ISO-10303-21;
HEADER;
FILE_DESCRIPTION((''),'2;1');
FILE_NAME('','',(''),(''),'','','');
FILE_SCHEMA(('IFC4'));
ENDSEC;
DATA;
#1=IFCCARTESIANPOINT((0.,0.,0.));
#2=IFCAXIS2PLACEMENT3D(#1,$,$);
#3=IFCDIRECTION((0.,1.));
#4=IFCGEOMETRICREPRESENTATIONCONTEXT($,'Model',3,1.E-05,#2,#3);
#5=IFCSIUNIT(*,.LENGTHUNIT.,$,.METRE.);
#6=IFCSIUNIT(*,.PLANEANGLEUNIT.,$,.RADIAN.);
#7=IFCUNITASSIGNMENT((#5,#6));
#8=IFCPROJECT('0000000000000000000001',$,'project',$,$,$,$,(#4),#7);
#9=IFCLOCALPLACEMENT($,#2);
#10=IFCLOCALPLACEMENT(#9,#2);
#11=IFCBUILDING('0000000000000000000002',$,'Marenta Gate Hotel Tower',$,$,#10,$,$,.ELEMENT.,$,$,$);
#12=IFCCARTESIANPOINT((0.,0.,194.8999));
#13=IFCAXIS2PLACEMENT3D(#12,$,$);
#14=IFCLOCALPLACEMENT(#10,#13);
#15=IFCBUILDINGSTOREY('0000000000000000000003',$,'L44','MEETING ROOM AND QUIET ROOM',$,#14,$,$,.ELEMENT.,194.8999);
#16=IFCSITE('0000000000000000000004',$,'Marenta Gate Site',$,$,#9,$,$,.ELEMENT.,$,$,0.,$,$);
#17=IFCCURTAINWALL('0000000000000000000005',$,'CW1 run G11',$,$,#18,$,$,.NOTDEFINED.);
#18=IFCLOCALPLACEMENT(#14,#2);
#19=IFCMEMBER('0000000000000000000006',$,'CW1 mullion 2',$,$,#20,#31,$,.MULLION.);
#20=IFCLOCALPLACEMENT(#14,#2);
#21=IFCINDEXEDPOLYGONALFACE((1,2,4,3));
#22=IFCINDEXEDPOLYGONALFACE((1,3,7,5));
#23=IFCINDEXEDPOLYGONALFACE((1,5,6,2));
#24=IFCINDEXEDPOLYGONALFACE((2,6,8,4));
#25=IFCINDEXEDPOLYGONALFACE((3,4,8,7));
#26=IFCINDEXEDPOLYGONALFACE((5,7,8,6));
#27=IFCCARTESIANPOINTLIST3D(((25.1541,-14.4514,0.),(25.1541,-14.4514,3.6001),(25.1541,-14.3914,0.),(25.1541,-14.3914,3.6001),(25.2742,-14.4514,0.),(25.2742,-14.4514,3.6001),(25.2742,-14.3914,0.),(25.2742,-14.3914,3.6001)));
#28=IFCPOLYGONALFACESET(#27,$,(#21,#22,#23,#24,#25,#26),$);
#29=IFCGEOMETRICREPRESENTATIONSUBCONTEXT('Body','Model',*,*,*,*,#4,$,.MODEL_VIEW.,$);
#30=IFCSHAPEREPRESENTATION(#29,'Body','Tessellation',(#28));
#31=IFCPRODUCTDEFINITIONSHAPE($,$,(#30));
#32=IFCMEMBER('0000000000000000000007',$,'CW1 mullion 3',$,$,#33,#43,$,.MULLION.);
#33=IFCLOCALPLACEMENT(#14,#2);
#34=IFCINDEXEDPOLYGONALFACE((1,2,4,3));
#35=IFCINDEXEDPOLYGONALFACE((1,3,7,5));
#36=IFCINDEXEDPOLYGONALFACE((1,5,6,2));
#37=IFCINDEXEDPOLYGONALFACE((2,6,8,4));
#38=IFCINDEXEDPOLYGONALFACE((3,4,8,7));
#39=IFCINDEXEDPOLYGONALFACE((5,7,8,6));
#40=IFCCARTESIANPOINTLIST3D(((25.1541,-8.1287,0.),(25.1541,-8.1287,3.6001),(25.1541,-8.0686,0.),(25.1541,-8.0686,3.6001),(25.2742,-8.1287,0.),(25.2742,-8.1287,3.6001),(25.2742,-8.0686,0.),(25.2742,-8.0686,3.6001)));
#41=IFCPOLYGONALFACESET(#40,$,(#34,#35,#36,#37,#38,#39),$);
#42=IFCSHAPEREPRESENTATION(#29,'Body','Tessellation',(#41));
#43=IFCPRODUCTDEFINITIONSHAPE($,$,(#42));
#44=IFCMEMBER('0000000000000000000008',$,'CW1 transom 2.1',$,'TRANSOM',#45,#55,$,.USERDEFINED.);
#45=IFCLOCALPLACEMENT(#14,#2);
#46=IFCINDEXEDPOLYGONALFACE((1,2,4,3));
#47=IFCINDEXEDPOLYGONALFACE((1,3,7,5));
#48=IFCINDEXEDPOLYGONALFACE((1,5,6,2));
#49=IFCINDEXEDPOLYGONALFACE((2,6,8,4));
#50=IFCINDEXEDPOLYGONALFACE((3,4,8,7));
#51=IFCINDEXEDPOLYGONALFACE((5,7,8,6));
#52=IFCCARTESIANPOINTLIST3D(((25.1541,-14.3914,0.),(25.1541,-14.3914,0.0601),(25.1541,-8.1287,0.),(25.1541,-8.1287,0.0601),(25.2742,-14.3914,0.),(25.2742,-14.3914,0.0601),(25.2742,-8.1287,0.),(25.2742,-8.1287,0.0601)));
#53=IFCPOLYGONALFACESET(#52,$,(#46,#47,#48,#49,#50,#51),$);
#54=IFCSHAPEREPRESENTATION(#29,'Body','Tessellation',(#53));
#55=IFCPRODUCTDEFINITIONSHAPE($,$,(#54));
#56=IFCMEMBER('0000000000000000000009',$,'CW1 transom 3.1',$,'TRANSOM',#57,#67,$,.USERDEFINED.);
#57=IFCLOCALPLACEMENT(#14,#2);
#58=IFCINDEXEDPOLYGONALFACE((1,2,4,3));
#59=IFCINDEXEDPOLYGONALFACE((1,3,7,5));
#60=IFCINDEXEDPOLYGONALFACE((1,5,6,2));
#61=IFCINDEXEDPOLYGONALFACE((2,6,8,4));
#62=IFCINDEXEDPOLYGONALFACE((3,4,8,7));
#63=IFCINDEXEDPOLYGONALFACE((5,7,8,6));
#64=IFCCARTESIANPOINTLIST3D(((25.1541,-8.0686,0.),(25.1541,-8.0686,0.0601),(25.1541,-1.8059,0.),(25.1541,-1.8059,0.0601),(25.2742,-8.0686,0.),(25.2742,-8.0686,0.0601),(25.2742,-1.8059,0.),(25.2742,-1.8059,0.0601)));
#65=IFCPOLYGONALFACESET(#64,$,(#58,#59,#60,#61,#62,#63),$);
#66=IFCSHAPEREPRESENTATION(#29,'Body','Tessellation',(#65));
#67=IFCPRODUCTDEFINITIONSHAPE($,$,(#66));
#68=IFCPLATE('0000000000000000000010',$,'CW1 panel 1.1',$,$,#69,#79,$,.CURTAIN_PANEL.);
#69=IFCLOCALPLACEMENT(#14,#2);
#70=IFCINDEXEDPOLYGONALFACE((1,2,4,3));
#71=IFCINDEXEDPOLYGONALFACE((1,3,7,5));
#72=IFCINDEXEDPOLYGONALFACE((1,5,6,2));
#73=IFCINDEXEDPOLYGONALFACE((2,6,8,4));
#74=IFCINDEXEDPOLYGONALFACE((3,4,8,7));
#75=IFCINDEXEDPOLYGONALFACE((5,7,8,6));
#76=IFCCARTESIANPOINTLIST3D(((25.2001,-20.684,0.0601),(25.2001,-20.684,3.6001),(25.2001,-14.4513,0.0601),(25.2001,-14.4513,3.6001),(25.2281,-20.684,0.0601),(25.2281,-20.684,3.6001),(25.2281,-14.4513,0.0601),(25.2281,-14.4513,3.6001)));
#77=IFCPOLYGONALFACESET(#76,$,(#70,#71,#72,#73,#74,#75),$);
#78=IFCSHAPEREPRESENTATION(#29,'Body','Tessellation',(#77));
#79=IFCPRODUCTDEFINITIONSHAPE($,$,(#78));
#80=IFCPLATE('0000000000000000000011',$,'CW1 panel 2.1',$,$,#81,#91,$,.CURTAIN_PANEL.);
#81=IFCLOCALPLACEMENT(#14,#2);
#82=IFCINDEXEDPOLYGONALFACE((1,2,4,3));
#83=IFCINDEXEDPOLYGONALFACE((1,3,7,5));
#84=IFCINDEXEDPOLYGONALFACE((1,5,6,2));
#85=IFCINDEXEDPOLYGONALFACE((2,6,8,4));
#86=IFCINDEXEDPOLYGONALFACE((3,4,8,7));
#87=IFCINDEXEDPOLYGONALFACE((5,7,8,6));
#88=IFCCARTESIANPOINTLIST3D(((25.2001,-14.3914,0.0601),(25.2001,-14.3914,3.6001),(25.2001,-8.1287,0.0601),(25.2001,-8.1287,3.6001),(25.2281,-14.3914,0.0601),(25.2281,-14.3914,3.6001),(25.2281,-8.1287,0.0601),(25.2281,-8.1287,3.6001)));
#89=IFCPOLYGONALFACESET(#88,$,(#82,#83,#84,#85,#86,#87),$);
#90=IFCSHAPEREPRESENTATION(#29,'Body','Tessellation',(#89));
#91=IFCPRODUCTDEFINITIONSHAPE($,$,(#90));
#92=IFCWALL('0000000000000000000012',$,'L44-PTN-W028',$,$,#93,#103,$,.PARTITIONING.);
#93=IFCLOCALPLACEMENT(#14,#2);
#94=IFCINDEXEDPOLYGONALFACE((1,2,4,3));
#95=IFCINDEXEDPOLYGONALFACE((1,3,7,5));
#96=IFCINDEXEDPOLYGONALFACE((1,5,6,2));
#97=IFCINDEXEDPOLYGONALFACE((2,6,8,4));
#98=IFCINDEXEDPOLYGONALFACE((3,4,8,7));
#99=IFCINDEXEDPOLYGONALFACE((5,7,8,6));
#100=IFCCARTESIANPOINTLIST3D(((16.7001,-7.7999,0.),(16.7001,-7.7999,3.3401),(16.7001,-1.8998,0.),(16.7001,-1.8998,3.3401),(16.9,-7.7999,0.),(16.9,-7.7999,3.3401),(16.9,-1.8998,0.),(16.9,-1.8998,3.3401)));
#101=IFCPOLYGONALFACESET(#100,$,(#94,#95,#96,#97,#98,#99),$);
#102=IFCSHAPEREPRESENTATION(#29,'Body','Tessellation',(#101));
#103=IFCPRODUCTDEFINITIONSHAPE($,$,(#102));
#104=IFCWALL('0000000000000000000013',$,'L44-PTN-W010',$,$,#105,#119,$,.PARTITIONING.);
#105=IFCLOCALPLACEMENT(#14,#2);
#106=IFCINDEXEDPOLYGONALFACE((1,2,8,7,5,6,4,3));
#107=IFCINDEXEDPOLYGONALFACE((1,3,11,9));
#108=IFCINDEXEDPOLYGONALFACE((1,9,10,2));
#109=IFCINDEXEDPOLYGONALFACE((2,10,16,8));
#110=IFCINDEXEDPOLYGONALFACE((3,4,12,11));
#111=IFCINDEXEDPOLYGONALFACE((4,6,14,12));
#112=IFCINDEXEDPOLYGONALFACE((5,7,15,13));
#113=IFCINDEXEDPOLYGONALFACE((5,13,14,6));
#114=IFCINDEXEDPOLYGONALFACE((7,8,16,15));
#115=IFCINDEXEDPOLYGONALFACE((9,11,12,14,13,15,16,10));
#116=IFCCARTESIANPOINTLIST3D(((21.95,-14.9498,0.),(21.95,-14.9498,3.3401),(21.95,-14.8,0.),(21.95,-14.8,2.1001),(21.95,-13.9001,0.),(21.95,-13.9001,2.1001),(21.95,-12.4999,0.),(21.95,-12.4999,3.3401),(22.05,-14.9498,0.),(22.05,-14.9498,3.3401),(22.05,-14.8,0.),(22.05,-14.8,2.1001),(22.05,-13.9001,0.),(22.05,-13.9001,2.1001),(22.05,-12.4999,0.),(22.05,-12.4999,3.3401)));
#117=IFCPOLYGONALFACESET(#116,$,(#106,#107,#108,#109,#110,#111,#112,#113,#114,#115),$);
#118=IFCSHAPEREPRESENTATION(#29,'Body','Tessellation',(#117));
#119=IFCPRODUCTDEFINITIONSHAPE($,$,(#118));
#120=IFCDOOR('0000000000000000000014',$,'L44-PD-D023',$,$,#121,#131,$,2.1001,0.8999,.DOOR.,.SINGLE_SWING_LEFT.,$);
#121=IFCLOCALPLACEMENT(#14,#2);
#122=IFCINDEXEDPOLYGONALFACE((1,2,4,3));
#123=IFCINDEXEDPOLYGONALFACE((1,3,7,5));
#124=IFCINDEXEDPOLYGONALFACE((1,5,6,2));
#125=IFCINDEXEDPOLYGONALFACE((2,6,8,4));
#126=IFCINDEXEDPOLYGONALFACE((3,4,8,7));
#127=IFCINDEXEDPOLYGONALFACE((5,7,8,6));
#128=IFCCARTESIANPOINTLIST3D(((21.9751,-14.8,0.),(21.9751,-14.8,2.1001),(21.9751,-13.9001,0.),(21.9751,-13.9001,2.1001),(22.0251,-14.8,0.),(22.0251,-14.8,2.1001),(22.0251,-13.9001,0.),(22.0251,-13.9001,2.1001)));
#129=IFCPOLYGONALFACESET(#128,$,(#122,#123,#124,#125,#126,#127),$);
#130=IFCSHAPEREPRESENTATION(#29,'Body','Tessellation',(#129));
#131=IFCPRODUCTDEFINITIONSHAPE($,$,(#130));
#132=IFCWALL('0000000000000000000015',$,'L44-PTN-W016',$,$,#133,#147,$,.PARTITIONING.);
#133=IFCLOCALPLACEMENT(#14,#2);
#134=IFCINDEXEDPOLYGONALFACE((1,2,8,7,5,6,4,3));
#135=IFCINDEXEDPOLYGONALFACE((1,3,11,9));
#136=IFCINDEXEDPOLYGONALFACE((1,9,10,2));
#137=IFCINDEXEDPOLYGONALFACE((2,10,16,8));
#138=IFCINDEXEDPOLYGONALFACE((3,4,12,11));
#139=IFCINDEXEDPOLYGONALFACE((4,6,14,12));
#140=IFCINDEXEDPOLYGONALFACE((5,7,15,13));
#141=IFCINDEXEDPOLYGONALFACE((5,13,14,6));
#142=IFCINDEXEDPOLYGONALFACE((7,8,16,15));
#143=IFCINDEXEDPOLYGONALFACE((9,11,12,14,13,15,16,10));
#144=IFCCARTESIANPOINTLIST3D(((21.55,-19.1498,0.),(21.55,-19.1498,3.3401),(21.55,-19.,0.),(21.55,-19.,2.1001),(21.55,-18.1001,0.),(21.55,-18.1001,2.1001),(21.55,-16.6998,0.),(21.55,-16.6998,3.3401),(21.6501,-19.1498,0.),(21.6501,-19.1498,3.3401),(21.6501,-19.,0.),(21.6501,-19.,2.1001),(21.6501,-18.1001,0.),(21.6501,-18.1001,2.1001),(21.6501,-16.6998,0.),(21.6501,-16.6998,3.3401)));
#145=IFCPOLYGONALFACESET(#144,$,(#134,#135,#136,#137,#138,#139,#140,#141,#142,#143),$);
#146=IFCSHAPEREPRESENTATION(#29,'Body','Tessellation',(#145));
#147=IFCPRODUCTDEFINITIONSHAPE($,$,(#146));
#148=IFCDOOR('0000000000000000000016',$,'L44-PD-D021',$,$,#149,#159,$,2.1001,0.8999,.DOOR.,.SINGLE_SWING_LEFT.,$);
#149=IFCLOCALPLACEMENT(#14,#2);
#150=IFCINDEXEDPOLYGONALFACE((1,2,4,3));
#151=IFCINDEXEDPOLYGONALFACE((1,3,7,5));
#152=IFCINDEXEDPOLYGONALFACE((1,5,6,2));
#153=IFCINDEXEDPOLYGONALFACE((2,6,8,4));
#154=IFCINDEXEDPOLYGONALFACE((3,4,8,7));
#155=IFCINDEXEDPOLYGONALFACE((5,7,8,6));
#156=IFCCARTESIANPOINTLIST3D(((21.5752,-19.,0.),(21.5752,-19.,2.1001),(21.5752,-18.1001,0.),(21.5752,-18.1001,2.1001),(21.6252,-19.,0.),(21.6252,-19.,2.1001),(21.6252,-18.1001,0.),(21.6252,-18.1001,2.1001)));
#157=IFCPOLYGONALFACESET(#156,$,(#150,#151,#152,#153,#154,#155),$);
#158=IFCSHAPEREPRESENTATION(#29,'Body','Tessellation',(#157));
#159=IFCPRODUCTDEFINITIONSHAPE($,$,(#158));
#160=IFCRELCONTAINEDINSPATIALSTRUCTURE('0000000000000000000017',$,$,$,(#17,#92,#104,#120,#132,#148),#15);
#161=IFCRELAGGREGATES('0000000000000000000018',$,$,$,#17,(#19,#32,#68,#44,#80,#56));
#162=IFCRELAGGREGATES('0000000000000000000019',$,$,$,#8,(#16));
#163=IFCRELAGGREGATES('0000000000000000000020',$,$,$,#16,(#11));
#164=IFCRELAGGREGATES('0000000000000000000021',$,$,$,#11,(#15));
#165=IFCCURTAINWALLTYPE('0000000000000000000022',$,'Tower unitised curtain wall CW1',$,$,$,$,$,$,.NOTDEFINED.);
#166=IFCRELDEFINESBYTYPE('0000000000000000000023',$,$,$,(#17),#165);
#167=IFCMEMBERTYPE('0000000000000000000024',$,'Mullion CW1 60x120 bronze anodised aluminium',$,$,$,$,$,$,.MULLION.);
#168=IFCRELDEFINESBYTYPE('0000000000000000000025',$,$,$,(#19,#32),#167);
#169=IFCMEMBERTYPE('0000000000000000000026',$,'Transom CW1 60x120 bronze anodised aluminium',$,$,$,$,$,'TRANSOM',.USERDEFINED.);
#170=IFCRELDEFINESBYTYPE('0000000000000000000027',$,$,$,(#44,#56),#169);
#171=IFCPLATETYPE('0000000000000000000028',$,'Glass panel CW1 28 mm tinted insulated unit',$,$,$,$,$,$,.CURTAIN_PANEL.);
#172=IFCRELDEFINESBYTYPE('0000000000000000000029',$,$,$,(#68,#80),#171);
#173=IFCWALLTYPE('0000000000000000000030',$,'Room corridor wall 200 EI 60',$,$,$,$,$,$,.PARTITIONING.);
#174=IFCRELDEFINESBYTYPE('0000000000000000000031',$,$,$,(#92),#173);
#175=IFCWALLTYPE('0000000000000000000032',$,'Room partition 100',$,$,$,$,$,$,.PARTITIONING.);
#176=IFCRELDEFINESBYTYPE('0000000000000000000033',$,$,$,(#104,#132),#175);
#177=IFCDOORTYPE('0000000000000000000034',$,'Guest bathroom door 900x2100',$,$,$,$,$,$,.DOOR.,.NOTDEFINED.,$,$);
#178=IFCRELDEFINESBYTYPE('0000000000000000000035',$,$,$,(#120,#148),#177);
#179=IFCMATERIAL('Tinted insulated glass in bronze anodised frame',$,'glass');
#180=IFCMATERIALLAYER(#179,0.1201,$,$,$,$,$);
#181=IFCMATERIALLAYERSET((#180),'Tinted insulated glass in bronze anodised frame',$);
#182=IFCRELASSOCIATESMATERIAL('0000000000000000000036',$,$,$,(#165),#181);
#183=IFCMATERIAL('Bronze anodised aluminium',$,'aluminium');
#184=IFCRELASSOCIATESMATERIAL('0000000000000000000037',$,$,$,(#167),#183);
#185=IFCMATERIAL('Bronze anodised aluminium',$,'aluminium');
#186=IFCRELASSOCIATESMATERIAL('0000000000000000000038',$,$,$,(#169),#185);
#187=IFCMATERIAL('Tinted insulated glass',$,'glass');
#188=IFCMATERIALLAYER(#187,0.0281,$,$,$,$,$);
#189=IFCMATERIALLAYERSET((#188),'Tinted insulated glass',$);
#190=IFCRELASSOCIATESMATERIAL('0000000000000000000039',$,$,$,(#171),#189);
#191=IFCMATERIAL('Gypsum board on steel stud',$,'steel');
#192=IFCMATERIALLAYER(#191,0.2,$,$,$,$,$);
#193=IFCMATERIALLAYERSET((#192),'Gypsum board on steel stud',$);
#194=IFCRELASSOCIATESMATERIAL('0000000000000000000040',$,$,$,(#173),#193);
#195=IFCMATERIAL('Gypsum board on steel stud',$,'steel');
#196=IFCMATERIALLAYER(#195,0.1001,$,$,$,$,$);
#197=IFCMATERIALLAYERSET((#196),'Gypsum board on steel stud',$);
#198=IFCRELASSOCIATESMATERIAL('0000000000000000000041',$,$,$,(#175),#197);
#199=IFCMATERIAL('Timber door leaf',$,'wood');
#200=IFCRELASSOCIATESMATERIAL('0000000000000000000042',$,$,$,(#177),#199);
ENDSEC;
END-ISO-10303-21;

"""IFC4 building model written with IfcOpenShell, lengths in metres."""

from ifc_helpers import new_model, si_unit, direction, frame, frame_2d, origin, origin_2d, place, context, subcontext, project, spatial, rectangle, extrude, material, layer, layer_set, material_profile, profile_set, type_object, element, fill, aggregate, save


model = new_model("IFC4")

# Units and contexts
model_context = context("Model", 3, precision=1e-05, world=origin(), true_north=direction((0.0, 1.0)))
body_context = subcontext(model_context, "Body", "Model", "MODEL_VIEW")
ifc_project = project(units=[si_unit("LENGTHUNIT", "METRE"), si_unit("PLANEANGLEUNIT", "RADIAN")], contexts=[model_context])

# Site, building, storey
site_placement = place(None, origin())
site = spatial("IfcSite", under=ifc_project, at=site_placement, Name="Marenta Gate Site", CompositionType="ELEMENT", RefElevation=0.0)
building_placement = place(site_placement, origin())
building = spatial("IfcBuilding", under=site, at=building_placement, Name="Marenta Gate Hotel Tower", CompositionType="ELEMENT")
storey_placement = place(building_placement, frame((0.0, 0.0, 194.8999)))
storey = spatial("IfcBuildingStorey", under=building, at=storey_placement, Name="L44", Description="MEETING ROOM AND QUIET ROOM", CompositionType="ELEMENT", Elevation=194.8999)

# Curtain wall, members, plates
ifc_material_1 = material(Name="Tinted insulated glass in bronze anodised frame", Category="glass")
ifc_layer_1 = layer(ifc_material_1, 0.1201)
ifc_layer_set_1 = layer_set([ifc_layer_1], Name="Tinted insulated glass in bronze anodised frame")
curtain_wall_type = type_object("IfcCurtainWallType", Name="Tower unitised curtain wall CW1", PredefinedType="NOTDEFINED", material=ifc_layer_set_1)
curtain_wall_placement = place(storey_placement, origin())
curtain_wall = element("IfcCurtainWall", 1, at=curtain_wall_placement, inside=storey, type_object=curtain_wall_type, Name="CW1 run G11", PredefinedType="NOTDEFINED")
ifc_material_2 = material(Name="Bronze anodised aluminium", Category="aluminium")
ifc_material_profile_1 = material_profile(ifc_material_2, rectangle(XDim=0.1201, YDim=0.0601, at=origin_2d()), Name="Mullion CW1 60x120 bronze anodised aluminium")
ifc_profile_set_1 = profile_set([ifc_material_profile_1], Name="Bronze anodised aluminium")
member_type_1 = type_object("IfcMemberType", Name="Mullion CW1 60x120 bronze anodised aluminium", PredefinedType="MULLION", material=ifc_profile_set_1)
member_1_placement = place(storey_placement, frame((25.2141, -14.4214, 0.0), z_axis=(0.0, 0.0, 1.0), x_axis=(-1.0, 0.0, 0.0)))
member_1 = element("IfcMember", 2, at=member_1_placement, type_object=member_type_1, Name="CW1 mullion 2", PredefinedType="MULLION", context=body_context, shape_type="SweptSolid", body=[
    extrude(rectangle(XDim=0.1201, YDim=0.0601, at=origin_2d()), origin(), (0.0, 0.0, 1.0), 3.6001),
])
member_2_placement = place(storey_placement, frame((25.2141, -8.0986, 0.0), z_axis=(0.0, 0.0, 1.0), x_axis=(-1.0, 0.0, 0.0)))
member_2 = element("IfcMember", 3, at=member_2_placement, type_object=member_type_1, Name="CW1 mullion 3", PredefinedType="MULLION", context=body_context, shape_type="SweptSolid", body=[
    extrude(rectangle(XDim=0.1201, YDim=0.0601, at=origin_2d()), origin(), (0.0, 0.0, 1.0), 3.6001),
])
ifc_material_3 = material(Name="Bronze anodised aluminium", Category="aluminium")
ifc_material_profile_2 = material_profile(ifc_material_3, rectangle(XDim=0.1201, YDim=0.0601, at=origin_2d()), Name="Transom CW1 60x120 bronze anodised aluminium")
ifc_profile_set_2 = profile_set([ifc_material_profile_2], Name="Bronze anodised aluminium")
member_type_2 = type_object("IfcMemberType", Name="Transom CW1 60x120 bronze anodised aluminium", ElementType="TRANSOM", PredefinedType="USERDEFINED", material=ifc_profile_set_2)
member_3_placement = place(storey_placement, frame((25.2141, -14.3914, 0.03), z_axis=(0.0, 1.0, 0.0), x_axis=(-1.0, 0.0, 0.0)))
member_3 = element("IfcMember", 4, at=member_3_placement, type_object=member_type_2, Name="CW1 transom 2.1", ObjectType="TRANSOM", PredefinedType="USERDEFINED", context=body_context, shape_type="SweptSolid", body=[
    extrude(rectangle(XDim=0.1201, YDim=0.0601, at=origin_2d()), origin(), (0.0, 0.0, 1.0), 6.2627),
])
member_4_placement = place(storey_placement, frame((25.2141, -8.0686, 0.03), z_axis=(0.0, 1.0, 0.0), x_axis=(-1.0, 0.0, 0.0)))
member_4 = element("IfcMember", 5, at=member_4_placement, type_object=member_type_2, Name="CW1 transom 3.1", ObjectType="TRANSOM", PredefinedType="USERDEFINED", context=body_context, shape_type="SweptSolid", body=[
    extrude(rectangle(XDim=0.1201, YDim=0.0601, at=origin_2d()), origin(), (0.0, 0.0, 1.0), 6.2627),
])
ifc_material_4 = material(Name="Tinted insulated glass", Category="glass")
ifc_layer_2 = layer(ifc_material_4, 0.0281)
ifc_layer_set_2 = layer_set([ifc_layer_2], Name="Tinted insulated glass")
plate_type = type_object("IfcPlateType", Name="Glass panel CW1 28 mm tinted insulated unit", PredefinedType="CURTAIN_PANEL", material=ifc_layer_set_2)
plate_1_placement = place(storey_placement, frame((25.2141, -17.5676, 0.0601), z_axis=(0.0, 0.0, 1.0), x_axis=(0.0, 1.0, 0.0)))
plate_1 = element("IfcPlate", 6, at=plate_1_placement, type_object=plate_type, Name="CW1 panel 1.1", PredefinedType="CURTAIN_PANEL", context=body_context, shape_type="SweptSolid", body=[
    extrude(rectangle(XDim=6.2327, YDim=0.0281, at=origin_2d()), origin(), (0.0, 0.0, 1.0), 3.54),
])
plate_2_placement = place(storey_placement, frame((25.2141, -11.26, 0.0601), z_axis=(0.0, 0.0, 1.0), x_axis=(0.0, 1.0, 0.0)))
plate_2 = element("IfcPlate", 7, at=plate_2_placement, type_object=plate_type, Name="CW1 panel 2.1", PredefinedType="CURTAIN_PANEL", context=body_context, shape_type="SweptSolid", body=[
    extrude(rectangle(XDim=6.2627, YDim=0.0281, at=origin_2d()), origin(), (0.0, 0.0, 1.0), 3.54),
])
aggregate(curtain_wall, [member_1, member_2, plate_1, member_3, plate_2, member_4])

# Wall
ifc_material_5 = material(Name="Gypsum board on steel stud", Category="steel")
ifc_layer_3 = layer(ifc_material_5, 0.2)
ifc_layer_set_3 = layer_set([ifc_layer_3], Name="Gypsum board on steel stud")
wall_type_1 = type_object("IfcWallType", Name="Room corridor wall 200 EI 60", PredefinedType="PARTITIONING", material=ifc_layer_set_3)
wall_1_placement = place(storey_placement, frame((16.8, -7.8, 0.0), z_axis=(0.0, 0.0, 1.0), x_axis=(0.0, 1.0, 0.0)))
element("IfcWall", 8, at=wall_1_placement, inside=storey, type_object=wall_type_1, Name="L44-PTN-W028", PredefinedType="PARTITIONING", context=body_context, shape_type="SweptSolid", body=[
    extrude(rectangle(XDim=5.9001, YDim=0.2, at=frame_2d((2.9502, 0.0))), origin(), (0.0, 0.0, 1.0), 3.3401),
])

# Walls, openings, doors
ifc_material_6 = material(Name="Gypsum board on steel stud", Category="steel")
ifc_layer_4 = layer(ifc_material_6, 0.1001)
ifc_layer_set_4 = layer_set([ifc_layer_4], Name="Gypsum board on steel stud")
wall_type_2 = type_object("IfcWallType", Name="Room partition 100", PredefinedType="PARTITIONING", material=ifc_layer_set_4)
wall_2_placement = place(storey_placement, frame((22.0, -14.95, 0.0), z_axis=(0.0, 0.0, 1.0), x_axis=(0.0, 1.0, 0.0)))
wall_2 = element("IfcWall", 9, at=wall_2_placement, inside=storey, type_object=wall_type_2, Name="L44-PTN-W010", PredefinedType="PARTITIONING", context=body_context, shape_type="SweptSolid", body=[
    extrude(rectangle(XDim=2.45, YDim=0.1001, at=frame_2d((1.2251, 0.0))), origin(), (0.0, 0.0, 1.0), 3.3401),
])
opening_1_placement = place(wall_2_placement, frame((0.1499, 0.0, 0.0)))
opening_1 = element("IfcOpeningElement", 10, at=opening_1_placement, cuts=wall_2, PredefinedType="OPENING", context=body_context, shape_type="SweptSolid", body=[
    extrude(rectangle(XDim=0.8999, YDim=2.1001, at=frame_2d((0.45, 1.05))), frame((0.0, 0.05, 0.0), z_axis=(0.0, -1.0, 0.0), x_axis=(1.0, 0.0, 0.0)), (0.0, 0.0, 1.0), 0.1001),
])
ifc_material_7 = material(Name="Timber door leaf", Category="wood")
door_type = type_object("IfcDoorType", Name="Guest bathroom door 900x2100", OperationType="NOTDEFINED", PredefinedType="DOOR", material=ifc_material_7)
door_1_placement = place(opening_1_placement, origin())
door_1 = element("IfcDoor", 11, at=door_1_placement, inside=storey, type_object=door_type, Name="L44-PD-D023", OperationType="SINGLE_SWING_LEFT", OverallHeight=2.1001, OverallWidth=0.8999, PredefinedType="DOOR", context=body_context, shape_type="SweptSolid", body=[
    extrude(rectangle(XDim=0.8999, YDim=2.1001, at=frame_2d((0.45, 1.05))), frame((0.0, 0.0249, 0.0), z_axis=(0.0, -1.0, 0.0), x_axis=(1.0, 0.0, 0.0)), (0.0, 0.0, 1.0), 0.05),
])
fill(opening_1, door_1)
wall_3_placement = place(storey_placement, frame((21.6001, -19.1499, 0.0), z_axis=(0.0, 0.0, 1.0), x_axis=(0.0, 1.0, 0.0)))
wall_3 = element("IfcWall", 12, at=wall_3_placement, inside=storey, type_object=wall_type_2, Name="L44-PTN-W016", PredefinedType="PARTITIONING", context=body_context, shape_type="SweptSolid", body=[
    extrude(rectangle(XDim=2.45, YDim=0.1001, at=frame_2d((1.2251, 0.0))), origin(), (0.0, 0.0, 1.0), 3.3401),
])
opening_2_placement = place(wall_3_placement, frame((0.1499, 0.0, 0.0)))
opening_2 = element("IfcOpeningElement", 13, at=opening_2_placement, cuts=wall_3, PredefinedType="OPENING", context=body_context, shape_type="SweptSolid", body=[
    extrude(rectangle(XDim=0.8999, YDim=2.1001, at=frame_2d((0.45, 1.05))), frame((0.0, 0.05, 0.0), z_axis=(0.0, -1.0, 0.0), x_axis=(1.0, 0.0, 0.0)), (0.0, 0.0, 1.0), 0.1001),
])
door_2_placement = place(opening_2_placement, origin())
door_2 = element("IfcDoor", 14, at=door_2_placement, inside=storey, type_object=door_type, Name="L44-PD-D021", OperationType="SINGLE_SWING_LEFT", OverallHeight=2.1001, OverallWidth=0.8999, PredefinedType="DOOR", context=body_context, shape_type="SweptSolid", body=[
    extrude(rectangle(XDim=0.8999, YDim=2.1001, at=frame_2d((0.45, 1.05))), frame((0.0, 0.0249, 0.0), z_axis=(0.0, -1.0, 0.0), x_axis=(1.0, 0.0, 0.0)), (0.0, 0.0, 1.0), 0.05),
])
fill(opening_2, door_2)

save(model, "model.ifc")
